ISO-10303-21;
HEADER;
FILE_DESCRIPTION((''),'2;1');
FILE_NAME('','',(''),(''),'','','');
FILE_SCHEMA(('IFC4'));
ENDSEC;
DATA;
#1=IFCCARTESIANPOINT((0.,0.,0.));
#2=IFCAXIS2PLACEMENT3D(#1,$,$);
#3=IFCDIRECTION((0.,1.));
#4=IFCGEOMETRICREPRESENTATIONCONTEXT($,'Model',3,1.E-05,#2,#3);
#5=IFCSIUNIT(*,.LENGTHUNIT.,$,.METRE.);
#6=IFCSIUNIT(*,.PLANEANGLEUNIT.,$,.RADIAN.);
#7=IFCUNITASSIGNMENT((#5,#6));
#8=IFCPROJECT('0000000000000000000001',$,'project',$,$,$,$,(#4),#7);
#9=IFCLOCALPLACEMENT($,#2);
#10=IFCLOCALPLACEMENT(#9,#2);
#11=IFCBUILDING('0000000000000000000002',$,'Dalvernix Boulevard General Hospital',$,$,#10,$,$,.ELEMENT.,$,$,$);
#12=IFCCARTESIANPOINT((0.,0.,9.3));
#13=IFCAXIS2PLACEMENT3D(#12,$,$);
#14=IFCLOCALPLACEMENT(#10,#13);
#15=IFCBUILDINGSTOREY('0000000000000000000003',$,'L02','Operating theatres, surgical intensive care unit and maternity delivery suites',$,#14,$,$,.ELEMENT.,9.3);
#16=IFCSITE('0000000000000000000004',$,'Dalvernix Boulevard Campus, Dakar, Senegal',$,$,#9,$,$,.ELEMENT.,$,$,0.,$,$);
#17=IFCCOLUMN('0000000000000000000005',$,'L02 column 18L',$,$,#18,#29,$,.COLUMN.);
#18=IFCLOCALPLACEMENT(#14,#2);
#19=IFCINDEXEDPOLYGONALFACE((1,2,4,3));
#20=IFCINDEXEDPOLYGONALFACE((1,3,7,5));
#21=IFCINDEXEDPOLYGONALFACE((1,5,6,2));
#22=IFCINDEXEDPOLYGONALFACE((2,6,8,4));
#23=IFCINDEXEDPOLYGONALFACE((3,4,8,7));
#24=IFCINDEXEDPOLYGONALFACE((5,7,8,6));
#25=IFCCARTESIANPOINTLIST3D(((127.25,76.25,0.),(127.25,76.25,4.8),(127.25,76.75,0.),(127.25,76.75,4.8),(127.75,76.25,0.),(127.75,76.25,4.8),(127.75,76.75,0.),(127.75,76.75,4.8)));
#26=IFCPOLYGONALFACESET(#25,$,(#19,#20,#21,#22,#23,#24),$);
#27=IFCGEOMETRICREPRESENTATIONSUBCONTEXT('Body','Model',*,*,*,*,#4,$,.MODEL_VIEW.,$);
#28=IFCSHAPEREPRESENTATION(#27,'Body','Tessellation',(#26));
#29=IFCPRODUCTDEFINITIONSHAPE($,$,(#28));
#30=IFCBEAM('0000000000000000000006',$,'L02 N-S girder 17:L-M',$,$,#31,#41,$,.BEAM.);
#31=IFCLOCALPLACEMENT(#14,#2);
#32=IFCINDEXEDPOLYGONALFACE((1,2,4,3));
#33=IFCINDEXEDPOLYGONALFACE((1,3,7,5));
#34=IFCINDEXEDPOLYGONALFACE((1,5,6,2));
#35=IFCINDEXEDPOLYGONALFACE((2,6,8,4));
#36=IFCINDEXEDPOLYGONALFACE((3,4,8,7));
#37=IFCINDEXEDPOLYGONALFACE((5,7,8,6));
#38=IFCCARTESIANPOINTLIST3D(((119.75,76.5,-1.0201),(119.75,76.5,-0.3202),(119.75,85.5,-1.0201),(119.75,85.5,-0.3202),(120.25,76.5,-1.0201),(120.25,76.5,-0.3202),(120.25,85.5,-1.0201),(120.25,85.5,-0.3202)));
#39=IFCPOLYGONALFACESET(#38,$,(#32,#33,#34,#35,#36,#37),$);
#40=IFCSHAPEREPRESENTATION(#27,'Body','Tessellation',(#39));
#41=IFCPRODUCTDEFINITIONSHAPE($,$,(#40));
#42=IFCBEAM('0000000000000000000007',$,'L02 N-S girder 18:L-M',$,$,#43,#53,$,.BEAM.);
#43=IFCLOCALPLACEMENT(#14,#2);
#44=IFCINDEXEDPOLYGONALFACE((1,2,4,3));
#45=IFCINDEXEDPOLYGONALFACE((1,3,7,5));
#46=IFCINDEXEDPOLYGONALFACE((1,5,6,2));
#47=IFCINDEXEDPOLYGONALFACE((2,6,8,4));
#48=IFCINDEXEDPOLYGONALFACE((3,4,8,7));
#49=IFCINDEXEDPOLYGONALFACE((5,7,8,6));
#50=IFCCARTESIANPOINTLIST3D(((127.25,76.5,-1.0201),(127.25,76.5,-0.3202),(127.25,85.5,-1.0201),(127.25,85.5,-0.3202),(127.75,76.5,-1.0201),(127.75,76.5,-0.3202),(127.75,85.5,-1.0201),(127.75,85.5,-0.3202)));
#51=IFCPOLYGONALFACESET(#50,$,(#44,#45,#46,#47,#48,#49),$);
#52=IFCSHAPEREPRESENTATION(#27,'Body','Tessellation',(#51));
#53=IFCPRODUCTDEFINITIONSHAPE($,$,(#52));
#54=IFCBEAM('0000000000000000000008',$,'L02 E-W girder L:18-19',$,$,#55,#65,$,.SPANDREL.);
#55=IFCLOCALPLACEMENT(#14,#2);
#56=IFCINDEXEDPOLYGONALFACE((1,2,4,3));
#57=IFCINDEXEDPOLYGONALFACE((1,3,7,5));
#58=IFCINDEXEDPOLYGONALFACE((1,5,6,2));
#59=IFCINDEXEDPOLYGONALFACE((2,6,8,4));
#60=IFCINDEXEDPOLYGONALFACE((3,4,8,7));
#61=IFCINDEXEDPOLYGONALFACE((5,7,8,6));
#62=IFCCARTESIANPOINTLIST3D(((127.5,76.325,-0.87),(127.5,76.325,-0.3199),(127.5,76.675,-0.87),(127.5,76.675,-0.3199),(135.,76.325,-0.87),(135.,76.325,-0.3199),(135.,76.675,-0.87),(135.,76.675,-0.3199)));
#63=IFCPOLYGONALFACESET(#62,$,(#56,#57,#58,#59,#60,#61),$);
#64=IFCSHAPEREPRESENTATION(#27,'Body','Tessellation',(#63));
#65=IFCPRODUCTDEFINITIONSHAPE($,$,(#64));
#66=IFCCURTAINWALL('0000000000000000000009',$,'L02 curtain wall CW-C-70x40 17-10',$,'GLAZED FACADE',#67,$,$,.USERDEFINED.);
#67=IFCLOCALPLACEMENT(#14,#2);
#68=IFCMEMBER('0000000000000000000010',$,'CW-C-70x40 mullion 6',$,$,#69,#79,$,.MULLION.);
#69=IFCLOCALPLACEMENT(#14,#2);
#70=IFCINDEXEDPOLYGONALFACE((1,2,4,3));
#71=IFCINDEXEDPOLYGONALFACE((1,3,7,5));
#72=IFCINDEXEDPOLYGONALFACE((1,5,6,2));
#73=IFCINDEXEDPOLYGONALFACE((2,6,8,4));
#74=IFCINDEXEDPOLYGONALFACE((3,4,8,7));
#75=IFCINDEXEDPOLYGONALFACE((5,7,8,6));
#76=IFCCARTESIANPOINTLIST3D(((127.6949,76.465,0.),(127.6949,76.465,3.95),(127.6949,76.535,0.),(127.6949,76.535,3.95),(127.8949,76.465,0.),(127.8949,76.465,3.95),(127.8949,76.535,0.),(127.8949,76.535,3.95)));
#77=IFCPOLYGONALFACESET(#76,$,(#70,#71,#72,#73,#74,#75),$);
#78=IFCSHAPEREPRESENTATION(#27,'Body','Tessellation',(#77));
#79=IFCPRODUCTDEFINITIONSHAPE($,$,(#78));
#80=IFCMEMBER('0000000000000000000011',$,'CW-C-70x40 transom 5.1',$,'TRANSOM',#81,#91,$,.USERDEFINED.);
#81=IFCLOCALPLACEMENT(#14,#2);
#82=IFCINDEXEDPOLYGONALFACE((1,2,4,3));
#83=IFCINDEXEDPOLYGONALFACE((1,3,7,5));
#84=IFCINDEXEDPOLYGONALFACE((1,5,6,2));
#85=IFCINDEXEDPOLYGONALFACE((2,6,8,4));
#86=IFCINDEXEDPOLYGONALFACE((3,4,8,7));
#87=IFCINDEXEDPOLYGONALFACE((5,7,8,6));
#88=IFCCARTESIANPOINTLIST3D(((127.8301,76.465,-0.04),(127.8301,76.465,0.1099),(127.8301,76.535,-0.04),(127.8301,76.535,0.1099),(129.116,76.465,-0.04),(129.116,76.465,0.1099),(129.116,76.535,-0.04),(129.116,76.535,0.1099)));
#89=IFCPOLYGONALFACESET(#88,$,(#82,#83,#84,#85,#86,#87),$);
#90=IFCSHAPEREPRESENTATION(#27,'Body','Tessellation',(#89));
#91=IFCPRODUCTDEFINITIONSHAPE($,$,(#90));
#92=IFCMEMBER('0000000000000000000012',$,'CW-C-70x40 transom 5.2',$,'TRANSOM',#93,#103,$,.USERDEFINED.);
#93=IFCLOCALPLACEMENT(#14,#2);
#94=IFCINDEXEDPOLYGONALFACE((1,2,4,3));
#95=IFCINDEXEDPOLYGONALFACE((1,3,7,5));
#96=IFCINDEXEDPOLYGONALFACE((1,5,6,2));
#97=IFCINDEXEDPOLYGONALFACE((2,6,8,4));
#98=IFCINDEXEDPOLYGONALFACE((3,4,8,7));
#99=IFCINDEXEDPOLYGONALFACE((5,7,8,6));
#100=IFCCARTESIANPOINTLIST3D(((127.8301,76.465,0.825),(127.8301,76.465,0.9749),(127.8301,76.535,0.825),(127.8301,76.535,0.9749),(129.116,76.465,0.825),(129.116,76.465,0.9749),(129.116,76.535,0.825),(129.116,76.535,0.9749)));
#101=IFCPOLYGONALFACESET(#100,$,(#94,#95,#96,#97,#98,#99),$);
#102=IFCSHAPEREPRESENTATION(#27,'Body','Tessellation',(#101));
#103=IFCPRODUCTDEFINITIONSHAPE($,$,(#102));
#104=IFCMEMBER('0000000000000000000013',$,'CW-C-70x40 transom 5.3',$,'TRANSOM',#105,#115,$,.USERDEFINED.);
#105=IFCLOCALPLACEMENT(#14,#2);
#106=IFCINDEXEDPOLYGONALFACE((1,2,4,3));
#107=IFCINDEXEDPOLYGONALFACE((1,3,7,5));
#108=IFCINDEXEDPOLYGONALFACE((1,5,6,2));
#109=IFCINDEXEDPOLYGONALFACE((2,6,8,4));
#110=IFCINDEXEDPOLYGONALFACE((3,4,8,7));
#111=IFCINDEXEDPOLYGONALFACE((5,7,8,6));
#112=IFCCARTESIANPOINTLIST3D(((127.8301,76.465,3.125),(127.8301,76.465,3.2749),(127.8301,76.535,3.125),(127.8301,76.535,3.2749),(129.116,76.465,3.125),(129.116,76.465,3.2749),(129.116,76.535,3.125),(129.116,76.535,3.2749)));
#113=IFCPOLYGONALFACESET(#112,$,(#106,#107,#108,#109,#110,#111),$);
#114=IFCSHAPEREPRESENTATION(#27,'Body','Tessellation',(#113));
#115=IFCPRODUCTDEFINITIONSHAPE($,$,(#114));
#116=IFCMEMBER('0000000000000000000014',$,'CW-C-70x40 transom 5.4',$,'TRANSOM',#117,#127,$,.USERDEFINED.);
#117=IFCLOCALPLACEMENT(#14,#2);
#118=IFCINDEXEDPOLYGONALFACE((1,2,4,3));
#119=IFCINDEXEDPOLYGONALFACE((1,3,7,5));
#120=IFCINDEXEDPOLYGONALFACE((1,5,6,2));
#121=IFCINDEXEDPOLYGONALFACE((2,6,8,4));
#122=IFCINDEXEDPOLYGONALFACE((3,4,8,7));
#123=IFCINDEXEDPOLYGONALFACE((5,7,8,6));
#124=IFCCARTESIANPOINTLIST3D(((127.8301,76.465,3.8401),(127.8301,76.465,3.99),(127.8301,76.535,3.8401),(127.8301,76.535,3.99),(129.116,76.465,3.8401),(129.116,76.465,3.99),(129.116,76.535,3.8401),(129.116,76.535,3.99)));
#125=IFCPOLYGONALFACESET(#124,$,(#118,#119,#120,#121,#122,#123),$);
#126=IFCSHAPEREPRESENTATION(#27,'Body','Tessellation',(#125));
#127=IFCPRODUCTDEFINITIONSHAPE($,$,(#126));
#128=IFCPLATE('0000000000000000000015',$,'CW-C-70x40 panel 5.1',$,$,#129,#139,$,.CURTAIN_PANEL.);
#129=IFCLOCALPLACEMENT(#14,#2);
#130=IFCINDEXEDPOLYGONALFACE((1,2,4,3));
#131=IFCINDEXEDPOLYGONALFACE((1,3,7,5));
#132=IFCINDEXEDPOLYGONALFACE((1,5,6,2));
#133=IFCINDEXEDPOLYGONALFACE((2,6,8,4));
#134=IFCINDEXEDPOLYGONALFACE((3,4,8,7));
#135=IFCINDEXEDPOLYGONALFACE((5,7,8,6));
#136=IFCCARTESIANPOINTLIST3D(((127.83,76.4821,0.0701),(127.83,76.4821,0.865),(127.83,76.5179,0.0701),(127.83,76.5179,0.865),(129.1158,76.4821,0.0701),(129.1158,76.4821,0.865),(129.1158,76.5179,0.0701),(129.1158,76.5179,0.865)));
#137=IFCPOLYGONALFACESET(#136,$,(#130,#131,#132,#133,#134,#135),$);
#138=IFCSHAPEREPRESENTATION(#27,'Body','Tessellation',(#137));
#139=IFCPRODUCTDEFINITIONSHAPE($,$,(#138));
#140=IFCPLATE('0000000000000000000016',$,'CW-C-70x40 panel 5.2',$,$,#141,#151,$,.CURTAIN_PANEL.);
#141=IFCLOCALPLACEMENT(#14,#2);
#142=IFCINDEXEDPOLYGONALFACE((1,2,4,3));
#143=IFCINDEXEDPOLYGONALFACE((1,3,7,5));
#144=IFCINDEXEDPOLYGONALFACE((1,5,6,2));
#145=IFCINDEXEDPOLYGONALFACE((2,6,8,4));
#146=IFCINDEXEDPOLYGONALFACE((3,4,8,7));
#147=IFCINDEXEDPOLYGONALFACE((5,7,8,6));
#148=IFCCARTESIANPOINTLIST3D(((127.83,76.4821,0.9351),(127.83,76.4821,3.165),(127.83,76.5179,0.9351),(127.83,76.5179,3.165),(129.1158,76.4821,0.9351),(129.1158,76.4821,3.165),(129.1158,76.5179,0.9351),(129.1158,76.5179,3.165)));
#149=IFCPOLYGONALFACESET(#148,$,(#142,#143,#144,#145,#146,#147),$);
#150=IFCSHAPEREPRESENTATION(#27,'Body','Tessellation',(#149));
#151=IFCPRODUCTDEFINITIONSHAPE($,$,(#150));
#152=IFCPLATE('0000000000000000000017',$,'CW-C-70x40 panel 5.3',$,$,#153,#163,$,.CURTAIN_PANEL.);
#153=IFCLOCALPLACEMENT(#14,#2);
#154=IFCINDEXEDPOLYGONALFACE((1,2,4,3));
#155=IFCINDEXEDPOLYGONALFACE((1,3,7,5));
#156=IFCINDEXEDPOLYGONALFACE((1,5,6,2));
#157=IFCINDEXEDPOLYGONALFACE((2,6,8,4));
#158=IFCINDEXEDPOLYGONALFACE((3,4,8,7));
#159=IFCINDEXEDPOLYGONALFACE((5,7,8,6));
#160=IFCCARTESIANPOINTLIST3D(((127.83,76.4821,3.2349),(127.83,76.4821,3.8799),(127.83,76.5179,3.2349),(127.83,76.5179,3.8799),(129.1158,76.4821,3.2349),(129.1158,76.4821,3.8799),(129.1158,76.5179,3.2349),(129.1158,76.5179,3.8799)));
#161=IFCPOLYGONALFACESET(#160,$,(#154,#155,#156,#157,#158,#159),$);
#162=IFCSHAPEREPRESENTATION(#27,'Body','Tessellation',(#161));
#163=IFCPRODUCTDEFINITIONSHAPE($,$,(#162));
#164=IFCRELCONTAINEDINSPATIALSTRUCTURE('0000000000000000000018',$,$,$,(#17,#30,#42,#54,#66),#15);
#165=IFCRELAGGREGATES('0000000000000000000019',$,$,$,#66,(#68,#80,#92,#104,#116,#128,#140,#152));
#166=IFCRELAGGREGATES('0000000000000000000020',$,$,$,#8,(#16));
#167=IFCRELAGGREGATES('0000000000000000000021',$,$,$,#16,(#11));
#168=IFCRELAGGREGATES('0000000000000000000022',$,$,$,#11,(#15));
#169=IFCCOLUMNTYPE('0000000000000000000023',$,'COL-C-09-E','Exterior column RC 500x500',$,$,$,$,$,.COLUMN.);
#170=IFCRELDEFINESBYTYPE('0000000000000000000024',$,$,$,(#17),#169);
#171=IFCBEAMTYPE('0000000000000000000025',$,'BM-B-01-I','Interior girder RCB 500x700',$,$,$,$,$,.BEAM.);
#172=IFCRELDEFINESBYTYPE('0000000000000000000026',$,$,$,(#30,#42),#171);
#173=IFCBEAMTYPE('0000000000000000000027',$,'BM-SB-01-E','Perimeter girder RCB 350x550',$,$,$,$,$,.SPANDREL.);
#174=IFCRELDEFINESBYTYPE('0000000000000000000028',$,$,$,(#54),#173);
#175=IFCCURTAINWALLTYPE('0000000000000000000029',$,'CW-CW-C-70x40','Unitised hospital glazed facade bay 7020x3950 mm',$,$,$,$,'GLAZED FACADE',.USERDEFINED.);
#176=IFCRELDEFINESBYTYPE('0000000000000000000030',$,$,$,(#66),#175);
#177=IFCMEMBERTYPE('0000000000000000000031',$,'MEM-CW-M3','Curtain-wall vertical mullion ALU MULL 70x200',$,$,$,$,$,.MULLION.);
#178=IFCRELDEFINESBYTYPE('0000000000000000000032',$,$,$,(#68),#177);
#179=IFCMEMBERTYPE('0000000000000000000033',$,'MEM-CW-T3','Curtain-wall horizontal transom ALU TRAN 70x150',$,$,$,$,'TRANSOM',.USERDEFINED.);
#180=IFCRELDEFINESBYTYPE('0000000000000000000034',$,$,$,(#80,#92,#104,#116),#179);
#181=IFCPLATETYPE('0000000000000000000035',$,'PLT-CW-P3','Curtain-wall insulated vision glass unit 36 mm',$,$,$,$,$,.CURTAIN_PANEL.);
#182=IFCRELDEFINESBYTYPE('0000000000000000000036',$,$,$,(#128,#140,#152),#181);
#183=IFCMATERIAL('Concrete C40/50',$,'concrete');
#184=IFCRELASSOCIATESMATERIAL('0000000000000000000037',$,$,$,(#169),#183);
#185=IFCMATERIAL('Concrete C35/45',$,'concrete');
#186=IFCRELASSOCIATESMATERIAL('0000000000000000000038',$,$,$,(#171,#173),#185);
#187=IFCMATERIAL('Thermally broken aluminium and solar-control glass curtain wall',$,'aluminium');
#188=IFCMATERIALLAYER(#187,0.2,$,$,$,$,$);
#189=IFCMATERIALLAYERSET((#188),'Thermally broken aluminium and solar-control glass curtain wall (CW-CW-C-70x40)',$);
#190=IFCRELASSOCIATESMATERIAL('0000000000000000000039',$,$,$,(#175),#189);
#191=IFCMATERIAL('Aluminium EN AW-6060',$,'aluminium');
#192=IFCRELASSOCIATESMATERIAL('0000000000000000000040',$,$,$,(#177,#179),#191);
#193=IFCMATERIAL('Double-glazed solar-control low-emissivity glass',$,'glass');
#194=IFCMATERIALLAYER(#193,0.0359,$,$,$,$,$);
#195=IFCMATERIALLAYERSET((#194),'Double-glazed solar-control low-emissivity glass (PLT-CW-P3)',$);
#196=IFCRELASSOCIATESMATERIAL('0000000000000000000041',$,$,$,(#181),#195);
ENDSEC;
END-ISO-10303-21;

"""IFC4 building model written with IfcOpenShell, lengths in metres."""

from ifc_helpers import new_model, si_unit, direction, frame, origin, origin_2d, place, context, subcontext, project, spatial, rectangle, extrude, material, layer, layer_set, material_profile, profile_set, type_object, element, aggregate, save


model = new_model("IFC4")

# Units and contexts
model_context = context("Model", 3, precision=1e-05, world=origin(), true_north=direction((0.0, 1.0)))
body_context = subcontext(model_context, "Body", "Model", "MODEL_VIEW")
ifc_project = project(units=[si_unit("LENGTHUNIT", "METRE"), si_unit("PLANEANGLEUNIT", "RADIAN")], contexts=[model_context])

# Site, building, storey
site_placement = place(None, origin())
site = spatial("IfcSite", under=ifc_project, at=site_placement, Name="Dalvernix Boulevard Campus, Dakar, Senegal", CompositionType="ELEMENT", RefElevation=0.0)
building_placement = place(site_placement, origin())
building = spatial("IfcBuilding", under=site, at=building_placement, Name="Dalvernix Boulevard General Hospital", CompositionType="ELEMENT")
storey_placement = place(building_placement, frame((0.0, 0.0, 9.3)))
storey = spatial("IfcBuildingStorey", under=building, at=storey_placement, Name="L02", Description="Operating theatres, surgical intensive care unit and maternity delivery suites", CompositionType="ELEMENT", Elevation=9.3)

# Column
ifc_material_1 = material(Name="Concrete C40/50", Category="concrete")
ifc_material_profile_1 = material_profile(ifc_material_1, rectangle(XDim=0.5, YDim=0.5, at=origin_2d()), Name="RC 500x500")
ifc_profile_set_1 = profile_set([ifc_material_profile_1], Name="Concrete C40/50")
column_type = type_object("IfcColumnType", Name="COL-C-09-E", Description="Exterior column RC 500x500", PredefinedType="COLUMN", material=ifc_profile_set_1)
column_placement = place(storey_placement, frame((127.5, 76.5, 0.0), z_axis=(0.0, 0.0, 1.0), x_axis=(1.0, 0.0, 0.0)))
element("IfcColumn", 1, at=column_placement, inside=storey, type_object=column_type, Name="L02 column 18L", PredefinedType="COLUMN", context=body_context, shape_type="SweptSolid", body=[
    extrude(rectangle(XDim=0.5, YDim=0.5, at=origin_2d()), origin(), (0.0, 0.0, 1.0), 4.8),
])

# Beams
ifc_material_2 = material(Name="Concrete C35/45", Category="concrete")
ifc_material_profile_2 = material_profile(ifc_material_2, rectangle(XDim=0.5, YDim=0.7, at=origin_2d()), Name="RCB 500x700")
ifc_profile_set_2 = profile_set([ifc_material_profile_2], Name="Concrete C35/45")
beam_type_1 = type_object("IfcBeamType", Name="BM-B-01-I", Description="Interior girder RCB 500x700", PredefinedType="BEAM", material=ifc_profile_set_2)
for number, where, z_axis, x_axis, name in (
    (2, (120.0, 76.5, -0.6702), (0.0, 1.0, 0.0), (-1.0, 0.0, 0.0), "L02 N-S girder 17:L-M"),
    (3, (127.5, 76.5, -0.6702), (0.0, 1.0, 0.0), (-1.0, 0.0, 0.0), "L02 N-S girder 18:L-M"),
):
    element("IfcBeam", number, at=place(storey_placement, frame(where, z_axis=z_axis, x_axis=x_axis)), inside=storey, type_object=beam_type_1, Name=name, PredefinedType="BEAM", context=body_context, shape_type="SweptSolid", body=[
        extrude(rectangle(XDim=0.5, YDim=0.7, at=origin_2d()), origin(), (0.0, 0.0, 1.0), 9.0),
    ])
ifc_material_profile_3 = material_profile(ifc_material_2, rectangle(XDim=0.3501, YDim=0.55, at=origin_2d()), Name="RCB 350x550")
ifc_profile_set_3 = profile_set([ifc_material_profile_3], Name="Concrete C35/45")
beam_type_2 = type_object("IfcBeamType", Name="BM-SB-01-E", Description="Perimeter girder RCB 350x550", PredefinedType="SPANDREL", material=ifc_profile_set_3)
beam_placement = place(storey_placement, frame((127.5, 76.5, -0.595), z_axis=(1.0, 0.0, 0.0), x_axis=(0.0, 1.0, 0.0)))
element("IfcBeam", 4, at=beam_placement, inside=storey, type_object=beam_type_2, Name="L02 E-W girder L:18-19", PredefinedType="SPANDREL", context=body_context, shape_type="SweptSolid", body=[
    extrude(rectangle(XDim=0.3501, YDim=0.55, at=origin_2d()), origin(), (0.0, 0.0, 1.0), 7.5),
])

# Curtain wall, members, plates
ifc_material_3 = material(Name="Thermally broken aluminium and solar-control glass curtain wall", Category="aluminium")
ifc_layer_1 = layer(ifc_material_3, 0.2)
ifc_layer_set_1 = layer_set([ifc_layer_1], Name="Thermally broken aluminium and solar-control glass curtain wall (CW-CW-C-70x40)")
curtain_wall_type = type_object("IfcCurtainWallType", Name="CW-CW-C-70x40", Description="Unitised hospital glazed facade bay 7020x3950 mm", ElementType="GLAZED FACADE", PredefinedType="USERDEFINED", material=ifc_layer_set_1)
curtain_wall_placement = place(storey_placement, origin())
curtain_wall = element("IfcCurtainWall", 5, at=curtain_wall_placement, inside=storey, type_object=curtain_wall_type, Name="L02 curtain wall CW-C-70x40 17-10", ObjectType="GLAZED FACADE", PredefinedType="USERDEFINED")
ifc_material_4 = material(Name="Aluminium EN AW-6060", Category="aluminium")
ifc_material_profile_4 = material_profile(ifc_material_4, rectangle(XDim=0.0701, YDim=0.2, at=origin_2d()), Name="ALU MULL 70x200")
ifc_profile_set_4 = profile_set([ifc_material_profile_4], Name="Aluminium EN AW-6060")
member_type_1 = type_object("IfcMemberType", Name="MEM-CW-M3", Description="Curtain-wall vertical mullion ALU MULL 70x200", PredefinedType="MULLION", material=ifc_profile_set_4)
member_1_placement = place(storey_placement, frame((127.7949, 76.5, 0.0), z_axis=(0.0, 0.0, 1.0), x_axis=(0.0, -1.0, 0.0)))
member_1 = element("IfcMember", 6, at=member_1_placement, type_object=member_type_1, Name="CW-C-70x40 mullion 6", PredefinedType="MULLION", context=body_context, shape_type="SweptSolid", body=[
    extrude(rectangle(XDim=0.0701, YDim=0.2, at=origin_2d()), origin(), (0.0, 0.0, 1.0), 3.95),
])
ifc_material_profile_5 = material_profile(ifc_material_4, rectangle(XDim=0.0701, YDim=0.1499, at=origin_2d()), Name="ALU TRAN 70x150")
ifc_profile_set_5 = profile_set([ifc_material_profile_5], Name="Aluminium EN AW-6060")
member_type_2 = type_object("IfcMemberType", Name="MEM-CW-T3", Description="Curtain-wall horizontal transom ALU TRAN 70x150", ElementType="TRANSOM", PredefinedType="USERDEFINED", material=ifc_profile_set_5)
member_2_placement = place(storey_placement, frame((129.116, 76.5, 0.0349), z_axis=(-1.0, 0.0, 0.0), x_axis=(0.0, -1.0, 0.0)))
member_2 = element("IfcMember", 7, at=member_2_placement, type_object=member_type_2, Name="CW-C-70x40 transom 5.1", ObjectType="TRANSOM", PredefinedType="USERDEFINED", context=body_context, shape_type="SweptSolid", body=[
    extrude(rectangle(XDim=0.0701, YDim=0.1499, at=origin_2d()), origin(), (0.0, 0.0, 1.0), 1.2859),
])
member_3_placement = place(storey_placement, frame((129.116, 76.5, 0.8999), z_axis=(-1.0, 0.0, 0.0), x_axis=(0.0, -1.0, 0.0)))
member_3 = element("IfcMember", 8, at=member_3_placement, type_object=member_type_2, Name="CW-C-70x40 transom 5.2", ObjectType="TRANSOM", PredefinedType="USERDEFINED", context=body_context, shape_type="SweptSolid", body=[
    extrude(rectangle(XDim=0.0701, YDim=0.1499, at=origin_2d()), origin(), (0.0, 0.0, 1.0), 1.2859),
])
member_4_placement = place(storey_placement, frame((129.116, 76.5, 3.2), z_axis=(-1.0, 0.0, 0.0), x_axis=(0.0, -1.0, 0.0)))
member_4 = element("IfcMember", 9, at=member_4_placement, type_object=member_type_2, Name="CW-C-70x40 transom 5.3", ObjectType="TRANSOM", PredefinedType="USERDEFINED", context=body_context, shape_type="SweptSolid", body=[
    extrude(rectangle(XDim=0.0701, YDim=0.1499, at=origin_2d()), origin(), (0.0, 0.0, 1.0), 1.2859),
])
member_5_placement = place(storey_placement, frame((129.116, 76.5, 3.915), z_axis=(-1.0, 0.0, 0.0), x_axis=(0.0, -1.0, 0.0)))
member_5 = element("IfcMember", 10, at=member_5_placement, type_object=member_type_2, Name="CW-C-70x40 transom 5.4", ObjectType="TRANSOM", PredefinedType="USERDEFINED", context=body_context, shape_type="SweptSolid", body=[
    extrude(rectangle(XDim=0.0701, YDim=0.1499, at=origin_2d()), origin(), (0.0, 0.0, 1.0), 1.2859),
])
ifc_material_5 = material(Name="Double-glazed solar-control low-emissivity glass", Category="glass")
ifc_layer_2 = layer(ifc_material_5, 0.0359)
ifc_layer_set_2 = layer_set([ifc_layer_2], Name="Double-glazed solar-control low-emissivity glass (PLT-CW-P3)")
plate_type = type_object("IfcPlateType", Name="PLT-CW-P3", Description="Curtain-wall insulated vision glass unit 36 mm", PredefinedType="CURTAIN_PANEL", material=ifc_layer_set_2)
plate_1_placement = place(storey_placement, frame((128.4729, 76.5, 0.0701), z_axis=(0.0, 0.0, 1.0), x_axis=(-1.0, 0.0, 0.0)))
plate_1 = element("IfcPlate", 11, at=plate_1_placement, type_object=plate_type, Name="CW-C-70x40 panel 5.1", PredefinedType="CURTAIN_PANEL", context=body_context, shape_type="SweptSolid", body=[
    extrude(rectangle(XDim=1.2859, YDim=0.0359, at=origin_2d()), origin(), (0.0, 0.0, 1.0), 0.7949),
])
plate_2_placement = place(storey_placement, frame((128.4729, 76.5, 0.9351), z_axis=(0.0, 0.0, 1.0), x_axis=(-1.0, 0.0, 0.0)))
plate_2 = element("IfcPlate", 12, at=plate_2_placement, type_object=plate_type, Name="CW-C-70x40 panel 5.2", PredefinedType="CURTAIN_PANEL", context=body_context, shape_type="SweptSolid", body=[
    extrude(rectangle(XDim=1.2859, YDim=0.0359, at=origin_2d()), origin(), (0.0, 0.0, 1.0), 2.23),
])
plate_3_placement = place(storey_placement, frame((128.4729, 76.5, 3.2349), z_axis=(0.0, 0.0, 1.0), x_axis=(-1.0, 0.0, 0.0)))
plate_3 = element("IfcPlate", 13, at=plate_3_placement, type_object=plate_type, Name="CW-C-70x40 panel 5.3", PredefinedType="CURTAIN_PANEL", context=body_context, shape_type="SweptSolid", body=[
    extrude(rectangle(XDim=1.2859, YDim=0.0359, at=origin_2d()), origin(), (0.0, 0.0, 1.0), 0.645),
])
aggregate(curtain_wall, [member_1, member_2, member_3, member_4, member_5, plate_1, plate_2, plate_3])

save(model, "model.ifc")
